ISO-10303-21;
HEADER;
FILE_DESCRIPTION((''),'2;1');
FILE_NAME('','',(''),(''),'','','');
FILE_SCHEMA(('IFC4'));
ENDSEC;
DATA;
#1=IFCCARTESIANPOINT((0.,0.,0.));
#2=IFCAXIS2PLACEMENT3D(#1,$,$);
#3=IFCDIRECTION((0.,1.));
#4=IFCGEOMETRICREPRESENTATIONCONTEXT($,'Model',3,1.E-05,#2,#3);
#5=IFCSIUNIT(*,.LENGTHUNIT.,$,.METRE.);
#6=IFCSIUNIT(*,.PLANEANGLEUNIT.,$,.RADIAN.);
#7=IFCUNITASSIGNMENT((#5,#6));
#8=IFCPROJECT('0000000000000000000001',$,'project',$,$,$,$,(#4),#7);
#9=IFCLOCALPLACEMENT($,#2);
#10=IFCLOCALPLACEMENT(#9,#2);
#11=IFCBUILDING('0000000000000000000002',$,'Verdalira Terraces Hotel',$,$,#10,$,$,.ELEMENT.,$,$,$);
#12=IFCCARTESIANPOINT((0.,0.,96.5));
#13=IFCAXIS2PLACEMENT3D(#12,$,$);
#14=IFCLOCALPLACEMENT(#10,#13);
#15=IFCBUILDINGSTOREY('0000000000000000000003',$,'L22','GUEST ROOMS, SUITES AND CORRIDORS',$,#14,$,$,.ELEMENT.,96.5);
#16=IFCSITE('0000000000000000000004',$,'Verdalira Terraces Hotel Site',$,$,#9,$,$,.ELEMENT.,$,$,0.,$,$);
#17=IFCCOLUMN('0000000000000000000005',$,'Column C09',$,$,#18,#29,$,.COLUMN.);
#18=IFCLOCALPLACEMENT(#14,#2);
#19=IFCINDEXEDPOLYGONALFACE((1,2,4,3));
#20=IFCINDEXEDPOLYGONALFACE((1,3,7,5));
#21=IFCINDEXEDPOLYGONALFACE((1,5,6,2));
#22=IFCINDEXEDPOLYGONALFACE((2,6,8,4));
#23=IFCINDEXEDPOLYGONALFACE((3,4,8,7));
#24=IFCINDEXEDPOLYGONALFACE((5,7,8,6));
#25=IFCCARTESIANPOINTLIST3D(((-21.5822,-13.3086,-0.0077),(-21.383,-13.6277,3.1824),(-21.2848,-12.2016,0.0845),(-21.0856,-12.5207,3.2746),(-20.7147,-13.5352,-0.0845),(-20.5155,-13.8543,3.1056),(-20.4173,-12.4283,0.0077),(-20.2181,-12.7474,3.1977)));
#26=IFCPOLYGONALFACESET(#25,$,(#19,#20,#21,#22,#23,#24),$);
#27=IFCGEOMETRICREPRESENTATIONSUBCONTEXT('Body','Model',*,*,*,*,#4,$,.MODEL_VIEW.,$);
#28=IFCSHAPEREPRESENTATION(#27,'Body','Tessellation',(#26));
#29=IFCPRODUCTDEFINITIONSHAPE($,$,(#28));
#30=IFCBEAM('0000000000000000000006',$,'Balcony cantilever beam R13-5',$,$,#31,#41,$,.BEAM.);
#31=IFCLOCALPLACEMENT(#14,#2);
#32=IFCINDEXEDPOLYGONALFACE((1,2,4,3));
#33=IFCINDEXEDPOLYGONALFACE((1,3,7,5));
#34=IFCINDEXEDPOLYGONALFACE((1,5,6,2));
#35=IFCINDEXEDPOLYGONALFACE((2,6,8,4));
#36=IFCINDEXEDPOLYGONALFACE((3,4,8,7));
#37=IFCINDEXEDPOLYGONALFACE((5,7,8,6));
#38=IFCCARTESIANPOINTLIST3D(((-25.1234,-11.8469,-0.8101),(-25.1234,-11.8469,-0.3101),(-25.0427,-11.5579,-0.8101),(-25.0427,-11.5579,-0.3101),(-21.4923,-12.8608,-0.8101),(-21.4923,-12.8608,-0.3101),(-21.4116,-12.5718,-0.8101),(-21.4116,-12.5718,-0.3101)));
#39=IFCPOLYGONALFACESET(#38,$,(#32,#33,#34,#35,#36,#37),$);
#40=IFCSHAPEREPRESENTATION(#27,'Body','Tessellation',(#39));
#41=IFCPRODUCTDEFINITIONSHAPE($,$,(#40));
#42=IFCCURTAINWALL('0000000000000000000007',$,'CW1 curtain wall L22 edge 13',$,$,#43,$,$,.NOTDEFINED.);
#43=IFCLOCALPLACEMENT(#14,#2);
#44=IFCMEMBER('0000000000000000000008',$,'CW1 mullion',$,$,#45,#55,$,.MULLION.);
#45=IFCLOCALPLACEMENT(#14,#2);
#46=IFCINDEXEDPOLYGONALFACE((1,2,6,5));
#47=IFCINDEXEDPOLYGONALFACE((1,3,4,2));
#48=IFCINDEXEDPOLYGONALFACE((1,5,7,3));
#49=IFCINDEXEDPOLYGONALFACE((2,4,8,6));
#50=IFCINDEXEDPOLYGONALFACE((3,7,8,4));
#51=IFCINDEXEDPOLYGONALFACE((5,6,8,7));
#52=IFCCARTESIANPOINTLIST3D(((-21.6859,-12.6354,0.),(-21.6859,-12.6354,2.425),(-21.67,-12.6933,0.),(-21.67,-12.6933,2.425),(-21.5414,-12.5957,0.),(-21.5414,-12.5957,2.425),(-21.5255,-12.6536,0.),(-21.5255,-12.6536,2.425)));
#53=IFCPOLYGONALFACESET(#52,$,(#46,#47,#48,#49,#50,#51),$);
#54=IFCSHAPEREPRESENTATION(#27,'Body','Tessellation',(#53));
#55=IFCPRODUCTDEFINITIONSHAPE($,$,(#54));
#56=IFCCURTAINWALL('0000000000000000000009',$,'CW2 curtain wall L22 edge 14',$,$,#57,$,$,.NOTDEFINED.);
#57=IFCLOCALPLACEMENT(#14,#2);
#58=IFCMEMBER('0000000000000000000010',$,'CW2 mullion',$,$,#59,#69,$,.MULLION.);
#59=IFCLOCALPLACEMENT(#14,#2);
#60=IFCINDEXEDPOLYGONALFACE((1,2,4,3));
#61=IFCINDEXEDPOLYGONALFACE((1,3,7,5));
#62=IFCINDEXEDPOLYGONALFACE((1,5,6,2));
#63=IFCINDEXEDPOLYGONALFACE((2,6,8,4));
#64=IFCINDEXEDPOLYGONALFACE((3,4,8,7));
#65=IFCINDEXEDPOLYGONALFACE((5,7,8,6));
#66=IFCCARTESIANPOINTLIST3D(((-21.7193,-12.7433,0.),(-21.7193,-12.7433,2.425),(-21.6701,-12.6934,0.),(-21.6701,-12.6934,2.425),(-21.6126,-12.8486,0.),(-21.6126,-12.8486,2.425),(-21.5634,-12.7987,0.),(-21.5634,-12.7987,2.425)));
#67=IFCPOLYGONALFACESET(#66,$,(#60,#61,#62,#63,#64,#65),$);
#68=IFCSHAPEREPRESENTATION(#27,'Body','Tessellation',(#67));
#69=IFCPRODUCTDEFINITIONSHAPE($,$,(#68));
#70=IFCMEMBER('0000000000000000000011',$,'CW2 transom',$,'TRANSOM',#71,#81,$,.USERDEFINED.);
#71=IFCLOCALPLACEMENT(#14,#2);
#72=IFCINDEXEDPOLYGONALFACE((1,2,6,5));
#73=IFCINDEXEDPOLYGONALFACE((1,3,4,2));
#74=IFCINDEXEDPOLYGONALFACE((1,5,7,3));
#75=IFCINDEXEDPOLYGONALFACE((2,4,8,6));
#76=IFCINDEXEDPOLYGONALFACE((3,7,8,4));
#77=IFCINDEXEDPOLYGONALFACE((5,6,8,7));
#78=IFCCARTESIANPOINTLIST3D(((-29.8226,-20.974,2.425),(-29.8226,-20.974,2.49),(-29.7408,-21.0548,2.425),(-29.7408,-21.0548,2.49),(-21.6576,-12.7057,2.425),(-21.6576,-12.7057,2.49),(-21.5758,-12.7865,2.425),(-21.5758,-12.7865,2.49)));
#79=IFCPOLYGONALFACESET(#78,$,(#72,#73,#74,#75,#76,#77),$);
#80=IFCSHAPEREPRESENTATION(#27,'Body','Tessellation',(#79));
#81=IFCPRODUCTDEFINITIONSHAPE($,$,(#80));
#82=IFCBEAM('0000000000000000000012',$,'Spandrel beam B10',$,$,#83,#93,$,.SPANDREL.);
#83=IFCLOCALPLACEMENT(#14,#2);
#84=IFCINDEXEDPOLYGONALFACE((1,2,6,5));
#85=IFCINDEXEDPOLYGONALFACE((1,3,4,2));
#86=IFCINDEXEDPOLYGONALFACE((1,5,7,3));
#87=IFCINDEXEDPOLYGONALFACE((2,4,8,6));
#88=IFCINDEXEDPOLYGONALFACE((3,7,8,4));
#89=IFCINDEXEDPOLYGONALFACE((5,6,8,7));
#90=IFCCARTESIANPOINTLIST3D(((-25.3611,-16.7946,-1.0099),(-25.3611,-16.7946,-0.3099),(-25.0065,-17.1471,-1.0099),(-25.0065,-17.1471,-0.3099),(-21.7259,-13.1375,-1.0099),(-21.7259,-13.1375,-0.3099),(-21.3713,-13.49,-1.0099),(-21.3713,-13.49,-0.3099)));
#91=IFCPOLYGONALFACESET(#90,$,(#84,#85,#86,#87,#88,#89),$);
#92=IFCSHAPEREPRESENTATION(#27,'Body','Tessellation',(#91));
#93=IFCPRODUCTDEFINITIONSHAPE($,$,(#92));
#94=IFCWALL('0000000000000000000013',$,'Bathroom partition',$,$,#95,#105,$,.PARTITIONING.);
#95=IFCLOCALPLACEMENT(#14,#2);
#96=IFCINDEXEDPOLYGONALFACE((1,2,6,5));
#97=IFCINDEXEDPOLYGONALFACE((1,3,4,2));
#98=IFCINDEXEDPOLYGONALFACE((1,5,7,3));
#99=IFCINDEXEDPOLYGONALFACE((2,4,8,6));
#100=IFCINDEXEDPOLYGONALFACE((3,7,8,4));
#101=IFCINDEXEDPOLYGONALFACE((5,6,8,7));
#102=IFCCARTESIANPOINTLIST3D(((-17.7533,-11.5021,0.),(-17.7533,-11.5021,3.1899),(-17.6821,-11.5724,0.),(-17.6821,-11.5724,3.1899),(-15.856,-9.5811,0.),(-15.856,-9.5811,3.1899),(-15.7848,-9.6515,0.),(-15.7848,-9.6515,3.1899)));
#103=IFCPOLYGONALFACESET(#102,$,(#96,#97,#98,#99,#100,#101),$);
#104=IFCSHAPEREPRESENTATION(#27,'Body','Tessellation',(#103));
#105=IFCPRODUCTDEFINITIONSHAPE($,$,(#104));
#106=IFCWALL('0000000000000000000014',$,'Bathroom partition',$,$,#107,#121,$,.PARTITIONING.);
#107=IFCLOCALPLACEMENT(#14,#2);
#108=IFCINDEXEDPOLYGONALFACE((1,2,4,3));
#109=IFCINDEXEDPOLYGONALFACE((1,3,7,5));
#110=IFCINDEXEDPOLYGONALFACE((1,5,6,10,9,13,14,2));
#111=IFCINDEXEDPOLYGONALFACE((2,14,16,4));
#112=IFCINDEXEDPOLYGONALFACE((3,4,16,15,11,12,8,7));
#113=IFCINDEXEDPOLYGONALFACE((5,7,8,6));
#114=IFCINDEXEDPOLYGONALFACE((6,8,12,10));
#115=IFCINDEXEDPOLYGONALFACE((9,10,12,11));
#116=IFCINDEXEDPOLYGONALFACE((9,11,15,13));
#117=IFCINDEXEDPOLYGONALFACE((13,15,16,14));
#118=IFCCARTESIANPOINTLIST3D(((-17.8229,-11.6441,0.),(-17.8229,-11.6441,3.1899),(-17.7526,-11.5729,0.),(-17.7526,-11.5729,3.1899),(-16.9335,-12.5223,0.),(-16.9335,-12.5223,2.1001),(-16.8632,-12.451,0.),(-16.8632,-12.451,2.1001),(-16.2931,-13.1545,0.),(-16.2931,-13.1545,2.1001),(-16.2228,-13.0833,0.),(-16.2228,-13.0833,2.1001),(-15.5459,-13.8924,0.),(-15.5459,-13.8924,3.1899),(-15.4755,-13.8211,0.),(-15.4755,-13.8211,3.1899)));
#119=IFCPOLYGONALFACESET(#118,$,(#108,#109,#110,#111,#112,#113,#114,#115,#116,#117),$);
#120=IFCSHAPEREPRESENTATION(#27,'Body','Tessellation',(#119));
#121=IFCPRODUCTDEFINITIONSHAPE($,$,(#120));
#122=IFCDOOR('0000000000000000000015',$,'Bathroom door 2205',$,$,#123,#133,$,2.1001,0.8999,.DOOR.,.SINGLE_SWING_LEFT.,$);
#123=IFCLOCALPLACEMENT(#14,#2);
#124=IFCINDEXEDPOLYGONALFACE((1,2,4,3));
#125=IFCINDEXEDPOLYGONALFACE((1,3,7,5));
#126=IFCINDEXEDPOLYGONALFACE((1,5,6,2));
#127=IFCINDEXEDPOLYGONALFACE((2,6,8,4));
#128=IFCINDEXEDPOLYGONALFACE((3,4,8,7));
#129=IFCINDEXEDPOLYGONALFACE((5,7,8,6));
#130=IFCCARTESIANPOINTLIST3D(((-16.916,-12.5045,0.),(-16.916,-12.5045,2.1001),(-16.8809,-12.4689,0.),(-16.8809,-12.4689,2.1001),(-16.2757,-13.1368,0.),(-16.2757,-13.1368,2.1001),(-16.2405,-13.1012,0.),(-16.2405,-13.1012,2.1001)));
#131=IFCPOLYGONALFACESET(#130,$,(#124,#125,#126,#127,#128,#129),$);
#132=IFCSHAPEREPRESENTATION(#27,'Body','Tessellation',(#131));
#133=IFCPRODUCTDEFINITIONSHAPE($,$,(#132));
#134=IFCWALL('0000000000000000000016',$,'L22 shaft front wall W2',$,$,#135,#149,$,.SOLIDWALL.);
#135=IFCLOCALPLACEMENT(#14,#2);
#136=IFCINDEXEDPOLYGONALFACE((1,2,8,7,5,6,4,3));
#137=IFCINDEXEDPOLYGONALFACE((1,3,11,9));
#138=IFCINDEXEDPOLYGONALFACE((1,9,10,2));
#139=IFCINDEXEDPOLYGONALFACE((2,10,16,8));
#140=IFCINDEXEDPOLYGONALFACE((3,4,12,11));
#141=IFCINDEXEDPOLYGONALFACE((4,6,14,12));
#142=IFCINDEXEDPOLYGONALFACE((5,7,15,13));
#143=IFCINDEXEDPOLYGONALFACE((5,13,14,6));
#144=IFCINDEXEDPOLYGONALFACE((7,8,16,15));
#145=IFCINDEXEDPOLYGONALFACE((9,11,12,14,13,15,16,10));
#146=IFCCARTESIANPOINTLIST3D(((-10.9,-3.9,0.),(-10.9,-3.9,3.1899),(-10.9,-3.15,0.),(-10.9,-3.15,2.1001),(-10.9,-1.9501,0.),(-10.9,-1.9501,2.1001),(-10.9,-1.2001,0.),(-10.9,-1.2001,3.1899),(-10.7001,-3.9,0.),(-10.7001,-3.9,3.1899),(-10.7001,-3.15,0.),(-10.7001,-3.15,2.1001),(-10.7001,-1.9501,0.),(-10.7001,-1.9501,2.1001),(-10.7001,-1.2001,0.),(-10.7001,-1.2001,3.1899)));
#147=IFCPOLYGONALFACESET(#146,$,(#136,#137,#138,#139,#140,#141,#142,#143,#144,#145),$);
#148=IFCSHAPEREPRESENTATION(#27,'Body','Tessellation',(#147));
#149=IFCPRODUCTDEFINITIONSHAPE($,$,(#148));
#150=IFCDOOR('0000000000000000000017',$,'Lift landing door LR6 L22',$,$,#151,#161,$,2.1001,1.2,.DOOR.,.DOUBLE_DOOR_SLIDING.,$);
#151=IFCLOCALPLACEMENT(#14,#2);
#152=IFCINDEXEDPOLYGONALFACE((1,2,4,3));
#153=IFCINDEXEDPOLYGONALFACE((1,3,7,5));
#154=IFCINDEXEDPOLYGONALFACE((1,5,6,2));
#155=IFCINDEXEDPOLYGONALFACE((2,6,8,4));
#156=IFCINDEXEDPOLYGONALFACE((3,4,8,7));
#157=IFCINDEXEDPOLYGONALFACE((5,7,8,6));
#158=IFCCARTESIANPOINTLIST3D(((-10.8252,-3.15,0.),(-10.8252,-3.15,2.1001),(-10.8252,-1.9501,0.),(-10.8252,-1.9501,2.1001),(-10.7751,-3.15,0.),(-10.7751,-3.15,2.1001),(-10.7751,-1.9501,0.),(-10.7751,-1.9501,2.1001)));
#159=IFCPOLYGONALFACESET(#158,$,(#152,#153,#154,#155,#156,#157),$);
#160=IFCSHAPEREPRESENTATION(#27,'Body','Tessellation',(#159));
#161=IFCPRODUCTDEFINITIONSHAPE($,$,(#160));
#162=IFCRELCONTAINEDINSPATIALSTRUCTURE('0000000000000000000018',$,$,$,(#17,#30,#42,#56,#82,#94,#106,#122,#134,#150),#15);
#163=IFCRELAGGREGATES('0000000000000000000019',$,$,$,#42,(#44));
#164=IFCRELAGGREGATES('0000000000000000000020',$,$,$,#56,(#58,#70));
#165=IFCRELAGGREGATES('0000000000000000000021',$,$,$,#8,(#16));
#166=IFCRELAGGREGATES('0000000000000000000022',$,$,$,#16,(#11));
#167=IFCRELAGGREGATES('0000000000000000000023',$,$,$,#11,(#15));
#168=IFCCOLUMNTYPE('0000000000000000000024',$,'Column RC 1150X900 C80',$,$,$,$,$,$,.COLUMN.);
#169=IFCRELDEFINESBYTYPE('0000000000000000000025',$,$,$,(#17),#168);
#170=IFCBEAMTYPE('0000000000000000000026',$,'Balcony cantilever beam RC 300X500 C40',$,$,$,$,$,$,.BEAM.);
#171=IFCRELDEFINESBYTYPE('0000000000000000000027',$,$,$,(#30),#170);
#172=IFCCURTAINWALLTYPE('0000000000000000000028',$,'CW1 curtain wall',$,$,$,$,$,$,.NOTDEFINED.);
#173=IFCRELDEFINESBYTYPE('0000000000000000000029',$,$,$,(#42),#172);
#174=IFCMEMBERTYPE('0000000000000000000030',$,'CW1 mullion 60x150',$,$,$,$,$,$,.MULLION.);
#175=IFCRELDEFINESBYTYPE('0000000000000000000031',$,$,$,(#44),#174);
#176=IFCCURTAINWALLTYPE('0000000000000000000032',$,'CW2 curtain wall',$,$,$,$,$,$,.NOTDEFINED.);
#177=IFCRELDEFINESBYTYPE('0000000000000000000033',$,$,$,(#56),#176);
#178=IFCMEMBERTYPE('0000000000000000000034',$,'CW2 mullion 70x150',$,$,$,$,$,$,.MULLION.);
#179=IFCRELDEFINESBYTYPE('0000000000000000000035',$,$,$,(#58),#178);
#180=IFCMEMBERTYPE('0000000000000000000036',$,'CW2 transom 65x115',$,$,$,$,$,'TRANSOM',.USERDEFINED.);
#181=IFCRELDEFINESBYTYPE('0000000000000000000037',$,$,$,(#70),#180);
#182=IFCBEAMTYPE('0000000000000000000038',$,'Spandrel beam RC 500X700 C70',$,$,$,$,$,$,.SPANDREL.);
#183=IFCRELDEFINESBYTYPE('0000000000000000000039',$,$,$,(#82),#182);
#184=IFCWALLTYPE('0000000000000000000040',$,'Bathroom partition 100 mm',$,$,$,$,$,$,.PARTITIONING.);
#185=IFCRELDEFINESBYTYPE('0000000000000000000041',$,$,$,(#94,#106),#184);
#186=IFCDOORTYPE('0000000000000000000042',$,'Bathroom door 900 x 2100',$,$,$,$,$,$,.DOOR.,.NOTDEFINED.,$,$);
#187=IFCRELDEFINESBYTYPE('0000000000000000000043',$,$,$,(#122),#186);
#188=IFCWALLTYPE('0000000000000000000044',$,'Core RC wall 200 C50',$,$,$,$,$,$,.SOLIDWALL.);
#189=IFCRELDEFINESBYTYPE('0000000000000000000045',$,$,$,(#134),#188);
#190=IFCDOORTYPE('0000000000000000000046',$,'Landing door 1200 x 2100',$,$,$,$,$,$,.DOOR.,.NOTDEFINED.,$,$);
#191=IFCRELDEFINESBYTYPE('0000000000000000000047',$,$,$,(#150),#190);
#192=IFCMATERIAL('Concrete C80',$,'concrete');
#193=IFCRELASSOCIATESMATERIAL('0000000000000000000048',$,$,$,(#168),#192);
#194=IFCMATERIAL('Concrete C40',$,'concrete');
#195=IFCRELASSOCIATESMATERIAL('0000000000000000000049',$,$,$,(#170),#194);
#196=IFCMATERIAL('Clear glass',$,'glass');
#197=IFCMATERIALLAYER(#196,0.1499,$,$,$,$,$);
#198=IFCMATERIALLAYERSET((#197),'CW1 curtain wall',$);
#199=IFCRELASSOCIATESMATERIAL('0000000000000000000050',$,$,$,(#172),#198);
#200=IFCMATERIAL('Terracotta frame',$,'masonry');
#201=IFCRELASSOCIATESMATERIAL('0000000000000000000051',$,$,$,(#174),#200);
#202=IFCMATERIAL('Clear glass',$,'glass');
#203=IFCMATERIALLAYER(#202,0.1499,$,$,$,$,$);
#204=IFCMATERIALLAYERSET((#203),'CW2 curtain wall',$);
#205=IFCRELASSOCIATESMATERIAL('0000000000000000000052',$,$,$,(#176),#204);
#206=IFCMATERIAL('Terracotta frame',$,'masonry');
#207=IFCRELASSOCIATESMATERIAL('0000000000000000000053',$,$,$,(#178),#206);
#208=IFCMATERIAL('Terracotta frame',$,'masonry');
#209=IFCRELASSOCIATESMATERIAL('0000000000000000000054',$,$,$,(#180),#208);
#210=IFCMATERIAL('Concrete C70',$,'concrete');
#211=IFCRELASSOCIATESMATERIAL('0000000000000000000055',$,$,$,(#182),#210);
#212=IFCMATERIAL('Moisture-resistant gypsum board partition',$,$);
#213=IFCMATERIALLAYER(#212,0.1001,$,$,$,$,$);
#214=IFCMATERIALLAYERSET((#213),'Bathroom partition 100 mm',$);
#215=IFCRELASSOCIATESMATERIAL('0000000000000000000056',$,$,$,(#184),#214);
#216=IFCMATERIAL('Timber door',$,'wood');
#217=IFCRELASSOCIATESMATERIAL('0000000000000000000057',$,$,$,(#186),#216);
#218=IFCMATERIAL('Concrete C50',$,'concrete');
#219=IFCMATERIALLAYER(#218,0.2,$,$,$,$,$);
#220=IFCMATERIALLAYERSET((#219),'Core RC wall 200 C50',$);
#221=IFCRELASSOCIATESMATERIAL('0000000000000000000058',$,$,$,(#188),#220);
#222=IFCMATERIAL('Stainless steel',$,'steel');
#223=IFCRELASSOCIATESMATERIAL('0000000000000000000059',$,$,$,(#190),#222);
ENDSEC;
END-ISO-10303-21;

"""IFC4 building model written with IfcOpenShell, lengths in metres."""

from ifc_helpers import new_model, si_unit, direction, frame, frame_2d, origin, origin_2d, place, context, subcontext, project, spatial, rectangle, extrude, material, layer, layer_set, material_profile, profile_set, type_object, element, fill, aggregate, save


model = new_model("IFC4")

# Units and contexts
model_context = context("Model", 3, precision=1e-05, world=origin(), true_north=direction((0.0, 1.0)))
body_context = subcontext(model_context, "Body", "Model", "MODEL_VIEW")
ifc_project = project(units=[si_unit("LENGTHUNIT", "METRE"), si_unit("PLANEANGLEUNIT", "RADIAN")], contexts=[model_context])

# Site, building, storey
site_placement = place(None, origin())
site = spatial("IfcSite", under=ifc_project, at=site_placement, Name="Verdalira Terraces Hotel Site", CompositionType="ELEMENT", RefElevation=0.0)
building_placement = place(site_placement, origin())
building = spatial("IfcBuilding", under=site, at=building_placement, Name="Verdalira Terraces Hotel", CompositionType="ELEMENT")
storey_placement = place(building_placement, frame((0.0, 0.0, 96.5)))
storey = spatial("IfcBuildingStorey", under=building, at=storey_placement, Name="L22", Description="GUEST ROOMS, SUITES AND CORRIDORS", CompositionType="ELEMENT", Elevation=96.5)

# Column
ifc_material_1 = material(Name="Concrete C80", Category="concrete")
ifc_material_profile_1 = material_profile(ifc_material_1, rectangle(XDim=1.1499, YDim=0.8999, at=origin_2d()), Name="RC 1150X900")
ifc_profile_set_1 = profile_set([ifc_material_profile_1], Name="Concrete C80")
column_type = type_object("IfcColumnType", Name="Column RC 1150X900 C80", PredefinedType="COLUMN", material=ifc_profile_set_1)
column_placement = place(storey_placement, frame((-20.9998, -12.8684, 0.0), z_axis=(0.062022, -0.099342, 0.993118), x_axis=(0.258603, 0.962653, 0.080144)))
element("IfcColumn", 1, at=column_placement, inside=storey, type_object=column_type, Name="Column C09", PredefinedType="COLUMN", context=body_context, shape_type="SweptSolid", body=[
    extrude(rectangle(XDim=1.1499, YDim=0.8999, at=origin_2d()), origin(), (0.0, 0.0, 1.0), 3.2122),
])

# Beam
ifc_material_2 = material(Name="Concrete C40", Category="concrete")
ifc_material_profile_2 = material_profile(ifc_material_2, rectangle(XDim=0.3, YDim=0.5, at=origin_2d()), Name="RC 300X500")
ifc_profile_set_2 = profile_set([ifc_material_profile_2], Name="Concrete C40")
beam_type_1 = type_object("IfcBeamType", Name="Balcony cantilever beam RC 300X500 C40", PredefinedType="BEAM", material=ifc_profile_set_2)
beam_1_placement = place(storey_placement, frame((-21.4519, -12.7163, -0.5601), z_axis=(-0.963156, 0.268943, 0.0), x_axis=(-0.268943, -0.963156, 0.0)))
element("IfcBeam", 2, at=beam_1_placement, inside=storey, type_object=beam_type_1, Name="Balcony cantilever beam R13-5", PredefinedType="BEAM", context=body_context, shape_type="SweptSolid", body=[
    extrude(rectangle(XDim=0.3, YDim=0.5, at=origin_2d()), origin(), (0.0, 0.0, 1.0), 3.77),
])

# Curtain wall, member
ifc_material_3 = material(Name="Clear glass", Category="glass")
ifc_layer_1 = layer(ifc_material_3, 0.1499)
ifc_layer_set_1 = layer_set([ifc_layer_1], Name="CW1 curtain wall")
curtain_wall_type_1 = type_object("IfcCurtainWallType", Name="CW1 curtain wall", PredefinedType="NOTDEFINED", material=ifc_layer_set_1)
curtain_wall_1_placement = place(storey_placement, origin())
curtain_wall_1 = element("IfcCurtainWall", 3, at=curtain_wall_1_placement, inside=storey, type_object=curtain_wall_type_1, Name="CW1 curtain wall L22 edge 13", PredefinedType="NOTDEFINED")
ifc_material_4 = material(Name="Terracotta frame", Category="masonry")
ifc_material_profile_3 = material_profile(ifc_material_4, rectangle(XDim=0.0601, YDim=0.1499, at=origin_2d()), Name="MU 60x150")
ifc_profile_set_3 = profile_set([ifc_material_profile_3], Name="Terracotta frame")
member_type_1 = type_object("IfcMemberType", Name="CW1 mullion 60x150", PredefinedType="MULLION", material=ifc_profile_set_3)
member_1_placement = place(storey_placement, frame((-21.6057, -12.6445, 0.0), z_axis=(0.0, 0.0, 1.0), x_axis=(0.264883, -0.964281, 0.0)))
member_1 = element("IfcMember", 4, at=member_1_placement, type_object=member_type_1, Name="CW1 mullion", PredefinedType="MULLION", context=body_context, shape_type="SweptSolid", body=[
    extrude(rectangle(XDim=0.0601, YDim=0.1499, at=origin_2d()), origin(), (0.0, 0.0, 1.0), 2.425),
])
aggregate(curtain_wall_1, [member_1])

# Curtain wall, members
ifc_material_5 = material(Name="Clear glass", Category="glass")
ifc_layer_2 = layer(ifc_material_5, 0.1499)
ifc_layer_set_2 = layer_set([ifc_layer_2], Name="CW2 curtain wall")
curtain_wall_type_2 = type_object("IfcCurtainWallType", Name="CW2 curtain wall", PredefinedType="NOTDEFINED", material=ifc_layer_set_2)
curtain_wall_2_placement = place(storey_placement, origin())
curtain_wall_2 = element("IfcCurtainWall", 5, at=curtain_wall_2_placement, inside=storey, type_object=curtain_wall_type_2, Name="CW2 curtain wall L22 edge 14", PredefinedType="NOTDEFINED")
ifc_material_6 = material(Name="Terracotta frame", Category="masonry")
ifc_material_profile_4 = material_profile(ifc_material_6, rectangle(XDim=0.0701, YDim=0.1499, at=origin_2d()), Name="MU 70x150")
ifc_profile_set_4 = profile_set([ifc_material_profile_4], Name="Terracotta frame")
member_type_2 = type_object("IfcMemberType", Name="CW2 mullion 70x150", PredefinedType="MULLION", material=ifc_profile_set_4)
member_2_placement = place(storey_placement, frame((-21.6414, -12.771, 0.0), z_axis=(0.0, 0.0, 1.0), x_axis=(-0.70265, -0.711536, 0.0)))
member_2 = element("IfcMember", 6, at=member_2_placement, type_object=member_type_2, Name="CW2 mullion", PredefinedType="MULLION", context=body_context, shape_type="SweptSolid", body=[
    extrude(rectangle(XDim=0.0701, YDim=0.1499, at=origin_2d()), origin(), (0.0, 0.0, 1.0), 2.425),
])
ifc_material_7 = material(Name="Terracotta frame", Category="masonry")
ifc_material_profile_5 = material_profile(ifc_material_7, rectangle(XDim=0.115, YDim=0.0649, at=origin_2d()), Name="TR 65x115")
ifc_profile_set_5 = profile_set([ifc_material_profile_5], Name="Terracotta frame")
member_type_3 = type_object("IfcMemberType", Name="CW2 transom 65x115", ElementType="TRANSOM", PredefinedType="USERDEFINED", material=ifc_profile_set_5)
member_3_placement = place(storey_placement, frame((-21.6167, -12.7461, 2.4575), z_axis=(-0.702649, -0.711536, 0.0), x_axis=(0.711536, -0.702649, 0.0)))
member_3 = element("IfcMember", 7, at=member_3_placement, type_object=member_type_3, Name="CW2 transom", ObjectType="TRANSOM", PredefinedType="USERDEFINED", context=body_context, shape_type="SweptSolid", body=[
    extrude(rectangle(XDim=0.115, YDim=0.0649, at=origin_2d()), origin(), (0.0, 0.0, 1.0), 11.6204),
])
aggregate(curtain_wall_2, [member_2, member_3])

# Beam
ifc_material_8 = material(Name="Concrete C70", Category="concrete")
ifc_material_profile_6 = material_profile(ifc_material_8, rectangle(XDim=0.5, YDim=0.7, at=origin_2d()), Name="RC 500X700")
ifc_profile_set_6 = profile_set([ifc_material_profile_6], Name="Concrete C70")
beam_type_2 = type_object("IfcBeamType", Name="Spandrel beam RC 500X700 C70", PredefinedType="SPANDREL", material=ifc_profile_set_6)
beam_2_placement = place(storey_placement, frame((-21.5486, -13.3137, -0.6599), z_axis=(-0.704973, -0.709234, 0.0), x_axis=(0.709234, -0.704973, 0.0)))
element("IfcBeam", 8, at=beam_2_placement, inside=storey, type_object=beam_type_2, Name="Spandrel beam B10", PredefinedType="SPANDREL", context=body_context, shape_type="SweptSolid", body=[
    extrude(rectangle(XDim=0.5, YDim=0.7, at=origin_2d()), origin(), (0.0, 0.0, 1.0), 5.1565),
])

# Wall
ifc_material_9 = material(Name="Moisture-resistant gypsum board partition")
ifc_layer_3 = layer(ifc_material_9, 0.1001)
ifc_layer_set_3 = layer_set([ifc_layer_3], Name="Bathroom partition 100 mm")
wall_type_1 = type_object("IfcWallType", Name="Bathroom partition 100 mm", PredefinedType="PARTITIONING", material=ifc_layer_set_3)
wall_1_placement = place(storey_placement, frame((-15.8203, -9.6162, 0.0), z_axis=(0.0, 0.0, 1.0), x_axis=(-0.702707, -0.711479, 0.0)))
element("IfcWall", 9, at=wall_1_placement, inside=storey, type_object=wall_type_1, Name="Bathroom partition", PredefinedType="PARTITIONING", context=body_context, shape_type="SweptSolid", body=[
    extrude(rectangle(XDim=2.7, YDim=0.1001, at=frame_2d((1.3501, 0.0))), origin(), (0.0, 0.0, 1.0), 3.1899),
])

# Walls, openings, doors
wall_2_placement = place(storey_placement, frame((-17.7878, -11.6084, 0.0), z_axis=(0.0, 0.0, 1.0), x_axis=(0.711594, -0.702591, 0.0)))
wall_2 = element("IfcWall", 10, at=wall_2_placement, inside=storey, type_object=wall_type_1, Name="Bathroom partition", PredefinedType="PARTITIONING", context=body_context, shape_type="SweptSolid", body=[
    extrude(rectangle(XDim=3.2, YDim=0.1001, at=frame_2d((1.6001, 0.0))), origin(), (0.0, 0.0, 1.0), 3.1899),
])
opening_1_placement = place(wall_2_placement, frame((1.25, 0.0, 0.0)))
opening_1 = element("IfcOpeningElement", 11, at=opening_1_placement, cuts=wall_2, PredefinedType="OPENING", context=body_context, shape_type="SweptSolid", body=[
    extrude(rectangle(XDim=0.8999, YDim=2.1001, at=frame_2d((0.45, 1.05))), frame((0.0, 0.0601, 0.0), z_axis=(0.0, -1.0, 0.0), x_axis=(1.0, 0.0, 0.0)), (0.0, 0.0, 1.0), 0.1201),
])
ifc_material_10 = material(Name="Timber door", Category="wood")
door_type_1 = type_object("IfcDoorType", Name="Bathroom door 900 x 2100", OperationType="NOTDEFINED", PredefinedType="DOOR", material=ifc_material_10)
door_1_placement = place(opening_1_placement, origin())
door_1 = element("IfcDoor", 12, at=door_1_placement, inside=storey, type_object=door_type_1, Name="Bathroom door 2205", OperationType="SINGLE_SWING_LEFT", OverallHeight=2.1001, OverallWidth=0.8999, PredefinedType="DOOR", context=body_context, shape_type="SweptSolid", body=[
    extrude(rectangle(XDim=0.8999, YDim=2.1001, at=frame_2d((0.45, 1.05))), frame((0.0, 0.0249, 0.0), z_axis=(0.0, -1.0, 0.0), x_axis=(1.0, 0.0, 0.0)), (0.0, 0.0, 1.0), 0.05),
])
fill(opening_1, door_1)
ifc_material_11 = material(Name="Concrete C50", Category="concrete")
ifc_layer_4 = layer(ifc_material_11, 0.2)
ifc_layer_set_4 = layer_set([ifc_layer_4], Name="Core RC wall 200 C50")
wall_type_2 = type_object("IfcWallType", Name="Core RC wall 200 C50", PredefinedType="SOLIDWALL", material=ifc_layer_set_4)
wall_3_placement = place(storey_placement, frame((-10.8, -1.2, 0.0), z_axis=(0.0, 0.0, 1.0), x_axis=(0.0, -1.0, 0.0)))
wall_3 = element("IfcWall", 13, at=wall_3_placement, inside=storey, type_object=wall_type_2, Name="L22 shaft front wall W2", PredefinedType="SOLIDWALL", context=body_context, shape_type="SweptSolid", body=[
    extrude(rectangle(XDim=2.7, YDim=0.2, at=frame_2d((1.3501, 0.0))), origin(), (0.0, 0.0, 1.0), 3.1899),
])
opening_2_placement = place(wall_3_placement, frame((0.75, 0.0, 0.0)))
opening_2 = element("IfcOpeningElement", 14, at=opening_2_placement, cuts=wall_3, PredefinedType="OPENING", context=body_context, shape_type="SweptSolid", body=[
    extrude(rectangle(XDim=1.2, YDim=2.1001, at=frame_2d((0.6001, 1.05))), frame((0.0, 0.1099, 0.0), z_axis=(0.0, -1.0, 0.0), x_axis=(1.0, 0.0, 0.0)), (0.0, 0.0, 1.0), 0.22),
])
ifc_material_12 = material(Name="Stainless steel", Category="steel")
door_type_2 = type_object("IfcDoorType", Name="Landing door 1200 x 2100", OperationType="NOTDEFINED", PredefinedType="DOOR", material=ifc_material_12)
door_2_placement = place(opening_2_placement, origin())
door_2 = element("IfcDoor", 15, at=door_2_placement, inside=storey, type_object=door_type_2, Name="Lift landing door LR6 L22", OperationType="DOUBLE_DOOR_SLIDING", OverallHeight=2.1001, OverallWidth=1.2, PredefinedType="DOOR", context=body_context, shape_type="SweptSolid", body=[
    extrude(rectangle(XDim=1.2, YDim=2.1001, at=frame_2d((0.6001, 1.05))), frame((0.0, 0.0249, 0.0), z_axis=(0.0, -1.0, 0.0), x_axis=(1.0, 0.0, 0.0)), (0.0, 0.0, 1.0), 0.05),
])
fill(opening_2, door_2)

save(model, "model.ifc")
